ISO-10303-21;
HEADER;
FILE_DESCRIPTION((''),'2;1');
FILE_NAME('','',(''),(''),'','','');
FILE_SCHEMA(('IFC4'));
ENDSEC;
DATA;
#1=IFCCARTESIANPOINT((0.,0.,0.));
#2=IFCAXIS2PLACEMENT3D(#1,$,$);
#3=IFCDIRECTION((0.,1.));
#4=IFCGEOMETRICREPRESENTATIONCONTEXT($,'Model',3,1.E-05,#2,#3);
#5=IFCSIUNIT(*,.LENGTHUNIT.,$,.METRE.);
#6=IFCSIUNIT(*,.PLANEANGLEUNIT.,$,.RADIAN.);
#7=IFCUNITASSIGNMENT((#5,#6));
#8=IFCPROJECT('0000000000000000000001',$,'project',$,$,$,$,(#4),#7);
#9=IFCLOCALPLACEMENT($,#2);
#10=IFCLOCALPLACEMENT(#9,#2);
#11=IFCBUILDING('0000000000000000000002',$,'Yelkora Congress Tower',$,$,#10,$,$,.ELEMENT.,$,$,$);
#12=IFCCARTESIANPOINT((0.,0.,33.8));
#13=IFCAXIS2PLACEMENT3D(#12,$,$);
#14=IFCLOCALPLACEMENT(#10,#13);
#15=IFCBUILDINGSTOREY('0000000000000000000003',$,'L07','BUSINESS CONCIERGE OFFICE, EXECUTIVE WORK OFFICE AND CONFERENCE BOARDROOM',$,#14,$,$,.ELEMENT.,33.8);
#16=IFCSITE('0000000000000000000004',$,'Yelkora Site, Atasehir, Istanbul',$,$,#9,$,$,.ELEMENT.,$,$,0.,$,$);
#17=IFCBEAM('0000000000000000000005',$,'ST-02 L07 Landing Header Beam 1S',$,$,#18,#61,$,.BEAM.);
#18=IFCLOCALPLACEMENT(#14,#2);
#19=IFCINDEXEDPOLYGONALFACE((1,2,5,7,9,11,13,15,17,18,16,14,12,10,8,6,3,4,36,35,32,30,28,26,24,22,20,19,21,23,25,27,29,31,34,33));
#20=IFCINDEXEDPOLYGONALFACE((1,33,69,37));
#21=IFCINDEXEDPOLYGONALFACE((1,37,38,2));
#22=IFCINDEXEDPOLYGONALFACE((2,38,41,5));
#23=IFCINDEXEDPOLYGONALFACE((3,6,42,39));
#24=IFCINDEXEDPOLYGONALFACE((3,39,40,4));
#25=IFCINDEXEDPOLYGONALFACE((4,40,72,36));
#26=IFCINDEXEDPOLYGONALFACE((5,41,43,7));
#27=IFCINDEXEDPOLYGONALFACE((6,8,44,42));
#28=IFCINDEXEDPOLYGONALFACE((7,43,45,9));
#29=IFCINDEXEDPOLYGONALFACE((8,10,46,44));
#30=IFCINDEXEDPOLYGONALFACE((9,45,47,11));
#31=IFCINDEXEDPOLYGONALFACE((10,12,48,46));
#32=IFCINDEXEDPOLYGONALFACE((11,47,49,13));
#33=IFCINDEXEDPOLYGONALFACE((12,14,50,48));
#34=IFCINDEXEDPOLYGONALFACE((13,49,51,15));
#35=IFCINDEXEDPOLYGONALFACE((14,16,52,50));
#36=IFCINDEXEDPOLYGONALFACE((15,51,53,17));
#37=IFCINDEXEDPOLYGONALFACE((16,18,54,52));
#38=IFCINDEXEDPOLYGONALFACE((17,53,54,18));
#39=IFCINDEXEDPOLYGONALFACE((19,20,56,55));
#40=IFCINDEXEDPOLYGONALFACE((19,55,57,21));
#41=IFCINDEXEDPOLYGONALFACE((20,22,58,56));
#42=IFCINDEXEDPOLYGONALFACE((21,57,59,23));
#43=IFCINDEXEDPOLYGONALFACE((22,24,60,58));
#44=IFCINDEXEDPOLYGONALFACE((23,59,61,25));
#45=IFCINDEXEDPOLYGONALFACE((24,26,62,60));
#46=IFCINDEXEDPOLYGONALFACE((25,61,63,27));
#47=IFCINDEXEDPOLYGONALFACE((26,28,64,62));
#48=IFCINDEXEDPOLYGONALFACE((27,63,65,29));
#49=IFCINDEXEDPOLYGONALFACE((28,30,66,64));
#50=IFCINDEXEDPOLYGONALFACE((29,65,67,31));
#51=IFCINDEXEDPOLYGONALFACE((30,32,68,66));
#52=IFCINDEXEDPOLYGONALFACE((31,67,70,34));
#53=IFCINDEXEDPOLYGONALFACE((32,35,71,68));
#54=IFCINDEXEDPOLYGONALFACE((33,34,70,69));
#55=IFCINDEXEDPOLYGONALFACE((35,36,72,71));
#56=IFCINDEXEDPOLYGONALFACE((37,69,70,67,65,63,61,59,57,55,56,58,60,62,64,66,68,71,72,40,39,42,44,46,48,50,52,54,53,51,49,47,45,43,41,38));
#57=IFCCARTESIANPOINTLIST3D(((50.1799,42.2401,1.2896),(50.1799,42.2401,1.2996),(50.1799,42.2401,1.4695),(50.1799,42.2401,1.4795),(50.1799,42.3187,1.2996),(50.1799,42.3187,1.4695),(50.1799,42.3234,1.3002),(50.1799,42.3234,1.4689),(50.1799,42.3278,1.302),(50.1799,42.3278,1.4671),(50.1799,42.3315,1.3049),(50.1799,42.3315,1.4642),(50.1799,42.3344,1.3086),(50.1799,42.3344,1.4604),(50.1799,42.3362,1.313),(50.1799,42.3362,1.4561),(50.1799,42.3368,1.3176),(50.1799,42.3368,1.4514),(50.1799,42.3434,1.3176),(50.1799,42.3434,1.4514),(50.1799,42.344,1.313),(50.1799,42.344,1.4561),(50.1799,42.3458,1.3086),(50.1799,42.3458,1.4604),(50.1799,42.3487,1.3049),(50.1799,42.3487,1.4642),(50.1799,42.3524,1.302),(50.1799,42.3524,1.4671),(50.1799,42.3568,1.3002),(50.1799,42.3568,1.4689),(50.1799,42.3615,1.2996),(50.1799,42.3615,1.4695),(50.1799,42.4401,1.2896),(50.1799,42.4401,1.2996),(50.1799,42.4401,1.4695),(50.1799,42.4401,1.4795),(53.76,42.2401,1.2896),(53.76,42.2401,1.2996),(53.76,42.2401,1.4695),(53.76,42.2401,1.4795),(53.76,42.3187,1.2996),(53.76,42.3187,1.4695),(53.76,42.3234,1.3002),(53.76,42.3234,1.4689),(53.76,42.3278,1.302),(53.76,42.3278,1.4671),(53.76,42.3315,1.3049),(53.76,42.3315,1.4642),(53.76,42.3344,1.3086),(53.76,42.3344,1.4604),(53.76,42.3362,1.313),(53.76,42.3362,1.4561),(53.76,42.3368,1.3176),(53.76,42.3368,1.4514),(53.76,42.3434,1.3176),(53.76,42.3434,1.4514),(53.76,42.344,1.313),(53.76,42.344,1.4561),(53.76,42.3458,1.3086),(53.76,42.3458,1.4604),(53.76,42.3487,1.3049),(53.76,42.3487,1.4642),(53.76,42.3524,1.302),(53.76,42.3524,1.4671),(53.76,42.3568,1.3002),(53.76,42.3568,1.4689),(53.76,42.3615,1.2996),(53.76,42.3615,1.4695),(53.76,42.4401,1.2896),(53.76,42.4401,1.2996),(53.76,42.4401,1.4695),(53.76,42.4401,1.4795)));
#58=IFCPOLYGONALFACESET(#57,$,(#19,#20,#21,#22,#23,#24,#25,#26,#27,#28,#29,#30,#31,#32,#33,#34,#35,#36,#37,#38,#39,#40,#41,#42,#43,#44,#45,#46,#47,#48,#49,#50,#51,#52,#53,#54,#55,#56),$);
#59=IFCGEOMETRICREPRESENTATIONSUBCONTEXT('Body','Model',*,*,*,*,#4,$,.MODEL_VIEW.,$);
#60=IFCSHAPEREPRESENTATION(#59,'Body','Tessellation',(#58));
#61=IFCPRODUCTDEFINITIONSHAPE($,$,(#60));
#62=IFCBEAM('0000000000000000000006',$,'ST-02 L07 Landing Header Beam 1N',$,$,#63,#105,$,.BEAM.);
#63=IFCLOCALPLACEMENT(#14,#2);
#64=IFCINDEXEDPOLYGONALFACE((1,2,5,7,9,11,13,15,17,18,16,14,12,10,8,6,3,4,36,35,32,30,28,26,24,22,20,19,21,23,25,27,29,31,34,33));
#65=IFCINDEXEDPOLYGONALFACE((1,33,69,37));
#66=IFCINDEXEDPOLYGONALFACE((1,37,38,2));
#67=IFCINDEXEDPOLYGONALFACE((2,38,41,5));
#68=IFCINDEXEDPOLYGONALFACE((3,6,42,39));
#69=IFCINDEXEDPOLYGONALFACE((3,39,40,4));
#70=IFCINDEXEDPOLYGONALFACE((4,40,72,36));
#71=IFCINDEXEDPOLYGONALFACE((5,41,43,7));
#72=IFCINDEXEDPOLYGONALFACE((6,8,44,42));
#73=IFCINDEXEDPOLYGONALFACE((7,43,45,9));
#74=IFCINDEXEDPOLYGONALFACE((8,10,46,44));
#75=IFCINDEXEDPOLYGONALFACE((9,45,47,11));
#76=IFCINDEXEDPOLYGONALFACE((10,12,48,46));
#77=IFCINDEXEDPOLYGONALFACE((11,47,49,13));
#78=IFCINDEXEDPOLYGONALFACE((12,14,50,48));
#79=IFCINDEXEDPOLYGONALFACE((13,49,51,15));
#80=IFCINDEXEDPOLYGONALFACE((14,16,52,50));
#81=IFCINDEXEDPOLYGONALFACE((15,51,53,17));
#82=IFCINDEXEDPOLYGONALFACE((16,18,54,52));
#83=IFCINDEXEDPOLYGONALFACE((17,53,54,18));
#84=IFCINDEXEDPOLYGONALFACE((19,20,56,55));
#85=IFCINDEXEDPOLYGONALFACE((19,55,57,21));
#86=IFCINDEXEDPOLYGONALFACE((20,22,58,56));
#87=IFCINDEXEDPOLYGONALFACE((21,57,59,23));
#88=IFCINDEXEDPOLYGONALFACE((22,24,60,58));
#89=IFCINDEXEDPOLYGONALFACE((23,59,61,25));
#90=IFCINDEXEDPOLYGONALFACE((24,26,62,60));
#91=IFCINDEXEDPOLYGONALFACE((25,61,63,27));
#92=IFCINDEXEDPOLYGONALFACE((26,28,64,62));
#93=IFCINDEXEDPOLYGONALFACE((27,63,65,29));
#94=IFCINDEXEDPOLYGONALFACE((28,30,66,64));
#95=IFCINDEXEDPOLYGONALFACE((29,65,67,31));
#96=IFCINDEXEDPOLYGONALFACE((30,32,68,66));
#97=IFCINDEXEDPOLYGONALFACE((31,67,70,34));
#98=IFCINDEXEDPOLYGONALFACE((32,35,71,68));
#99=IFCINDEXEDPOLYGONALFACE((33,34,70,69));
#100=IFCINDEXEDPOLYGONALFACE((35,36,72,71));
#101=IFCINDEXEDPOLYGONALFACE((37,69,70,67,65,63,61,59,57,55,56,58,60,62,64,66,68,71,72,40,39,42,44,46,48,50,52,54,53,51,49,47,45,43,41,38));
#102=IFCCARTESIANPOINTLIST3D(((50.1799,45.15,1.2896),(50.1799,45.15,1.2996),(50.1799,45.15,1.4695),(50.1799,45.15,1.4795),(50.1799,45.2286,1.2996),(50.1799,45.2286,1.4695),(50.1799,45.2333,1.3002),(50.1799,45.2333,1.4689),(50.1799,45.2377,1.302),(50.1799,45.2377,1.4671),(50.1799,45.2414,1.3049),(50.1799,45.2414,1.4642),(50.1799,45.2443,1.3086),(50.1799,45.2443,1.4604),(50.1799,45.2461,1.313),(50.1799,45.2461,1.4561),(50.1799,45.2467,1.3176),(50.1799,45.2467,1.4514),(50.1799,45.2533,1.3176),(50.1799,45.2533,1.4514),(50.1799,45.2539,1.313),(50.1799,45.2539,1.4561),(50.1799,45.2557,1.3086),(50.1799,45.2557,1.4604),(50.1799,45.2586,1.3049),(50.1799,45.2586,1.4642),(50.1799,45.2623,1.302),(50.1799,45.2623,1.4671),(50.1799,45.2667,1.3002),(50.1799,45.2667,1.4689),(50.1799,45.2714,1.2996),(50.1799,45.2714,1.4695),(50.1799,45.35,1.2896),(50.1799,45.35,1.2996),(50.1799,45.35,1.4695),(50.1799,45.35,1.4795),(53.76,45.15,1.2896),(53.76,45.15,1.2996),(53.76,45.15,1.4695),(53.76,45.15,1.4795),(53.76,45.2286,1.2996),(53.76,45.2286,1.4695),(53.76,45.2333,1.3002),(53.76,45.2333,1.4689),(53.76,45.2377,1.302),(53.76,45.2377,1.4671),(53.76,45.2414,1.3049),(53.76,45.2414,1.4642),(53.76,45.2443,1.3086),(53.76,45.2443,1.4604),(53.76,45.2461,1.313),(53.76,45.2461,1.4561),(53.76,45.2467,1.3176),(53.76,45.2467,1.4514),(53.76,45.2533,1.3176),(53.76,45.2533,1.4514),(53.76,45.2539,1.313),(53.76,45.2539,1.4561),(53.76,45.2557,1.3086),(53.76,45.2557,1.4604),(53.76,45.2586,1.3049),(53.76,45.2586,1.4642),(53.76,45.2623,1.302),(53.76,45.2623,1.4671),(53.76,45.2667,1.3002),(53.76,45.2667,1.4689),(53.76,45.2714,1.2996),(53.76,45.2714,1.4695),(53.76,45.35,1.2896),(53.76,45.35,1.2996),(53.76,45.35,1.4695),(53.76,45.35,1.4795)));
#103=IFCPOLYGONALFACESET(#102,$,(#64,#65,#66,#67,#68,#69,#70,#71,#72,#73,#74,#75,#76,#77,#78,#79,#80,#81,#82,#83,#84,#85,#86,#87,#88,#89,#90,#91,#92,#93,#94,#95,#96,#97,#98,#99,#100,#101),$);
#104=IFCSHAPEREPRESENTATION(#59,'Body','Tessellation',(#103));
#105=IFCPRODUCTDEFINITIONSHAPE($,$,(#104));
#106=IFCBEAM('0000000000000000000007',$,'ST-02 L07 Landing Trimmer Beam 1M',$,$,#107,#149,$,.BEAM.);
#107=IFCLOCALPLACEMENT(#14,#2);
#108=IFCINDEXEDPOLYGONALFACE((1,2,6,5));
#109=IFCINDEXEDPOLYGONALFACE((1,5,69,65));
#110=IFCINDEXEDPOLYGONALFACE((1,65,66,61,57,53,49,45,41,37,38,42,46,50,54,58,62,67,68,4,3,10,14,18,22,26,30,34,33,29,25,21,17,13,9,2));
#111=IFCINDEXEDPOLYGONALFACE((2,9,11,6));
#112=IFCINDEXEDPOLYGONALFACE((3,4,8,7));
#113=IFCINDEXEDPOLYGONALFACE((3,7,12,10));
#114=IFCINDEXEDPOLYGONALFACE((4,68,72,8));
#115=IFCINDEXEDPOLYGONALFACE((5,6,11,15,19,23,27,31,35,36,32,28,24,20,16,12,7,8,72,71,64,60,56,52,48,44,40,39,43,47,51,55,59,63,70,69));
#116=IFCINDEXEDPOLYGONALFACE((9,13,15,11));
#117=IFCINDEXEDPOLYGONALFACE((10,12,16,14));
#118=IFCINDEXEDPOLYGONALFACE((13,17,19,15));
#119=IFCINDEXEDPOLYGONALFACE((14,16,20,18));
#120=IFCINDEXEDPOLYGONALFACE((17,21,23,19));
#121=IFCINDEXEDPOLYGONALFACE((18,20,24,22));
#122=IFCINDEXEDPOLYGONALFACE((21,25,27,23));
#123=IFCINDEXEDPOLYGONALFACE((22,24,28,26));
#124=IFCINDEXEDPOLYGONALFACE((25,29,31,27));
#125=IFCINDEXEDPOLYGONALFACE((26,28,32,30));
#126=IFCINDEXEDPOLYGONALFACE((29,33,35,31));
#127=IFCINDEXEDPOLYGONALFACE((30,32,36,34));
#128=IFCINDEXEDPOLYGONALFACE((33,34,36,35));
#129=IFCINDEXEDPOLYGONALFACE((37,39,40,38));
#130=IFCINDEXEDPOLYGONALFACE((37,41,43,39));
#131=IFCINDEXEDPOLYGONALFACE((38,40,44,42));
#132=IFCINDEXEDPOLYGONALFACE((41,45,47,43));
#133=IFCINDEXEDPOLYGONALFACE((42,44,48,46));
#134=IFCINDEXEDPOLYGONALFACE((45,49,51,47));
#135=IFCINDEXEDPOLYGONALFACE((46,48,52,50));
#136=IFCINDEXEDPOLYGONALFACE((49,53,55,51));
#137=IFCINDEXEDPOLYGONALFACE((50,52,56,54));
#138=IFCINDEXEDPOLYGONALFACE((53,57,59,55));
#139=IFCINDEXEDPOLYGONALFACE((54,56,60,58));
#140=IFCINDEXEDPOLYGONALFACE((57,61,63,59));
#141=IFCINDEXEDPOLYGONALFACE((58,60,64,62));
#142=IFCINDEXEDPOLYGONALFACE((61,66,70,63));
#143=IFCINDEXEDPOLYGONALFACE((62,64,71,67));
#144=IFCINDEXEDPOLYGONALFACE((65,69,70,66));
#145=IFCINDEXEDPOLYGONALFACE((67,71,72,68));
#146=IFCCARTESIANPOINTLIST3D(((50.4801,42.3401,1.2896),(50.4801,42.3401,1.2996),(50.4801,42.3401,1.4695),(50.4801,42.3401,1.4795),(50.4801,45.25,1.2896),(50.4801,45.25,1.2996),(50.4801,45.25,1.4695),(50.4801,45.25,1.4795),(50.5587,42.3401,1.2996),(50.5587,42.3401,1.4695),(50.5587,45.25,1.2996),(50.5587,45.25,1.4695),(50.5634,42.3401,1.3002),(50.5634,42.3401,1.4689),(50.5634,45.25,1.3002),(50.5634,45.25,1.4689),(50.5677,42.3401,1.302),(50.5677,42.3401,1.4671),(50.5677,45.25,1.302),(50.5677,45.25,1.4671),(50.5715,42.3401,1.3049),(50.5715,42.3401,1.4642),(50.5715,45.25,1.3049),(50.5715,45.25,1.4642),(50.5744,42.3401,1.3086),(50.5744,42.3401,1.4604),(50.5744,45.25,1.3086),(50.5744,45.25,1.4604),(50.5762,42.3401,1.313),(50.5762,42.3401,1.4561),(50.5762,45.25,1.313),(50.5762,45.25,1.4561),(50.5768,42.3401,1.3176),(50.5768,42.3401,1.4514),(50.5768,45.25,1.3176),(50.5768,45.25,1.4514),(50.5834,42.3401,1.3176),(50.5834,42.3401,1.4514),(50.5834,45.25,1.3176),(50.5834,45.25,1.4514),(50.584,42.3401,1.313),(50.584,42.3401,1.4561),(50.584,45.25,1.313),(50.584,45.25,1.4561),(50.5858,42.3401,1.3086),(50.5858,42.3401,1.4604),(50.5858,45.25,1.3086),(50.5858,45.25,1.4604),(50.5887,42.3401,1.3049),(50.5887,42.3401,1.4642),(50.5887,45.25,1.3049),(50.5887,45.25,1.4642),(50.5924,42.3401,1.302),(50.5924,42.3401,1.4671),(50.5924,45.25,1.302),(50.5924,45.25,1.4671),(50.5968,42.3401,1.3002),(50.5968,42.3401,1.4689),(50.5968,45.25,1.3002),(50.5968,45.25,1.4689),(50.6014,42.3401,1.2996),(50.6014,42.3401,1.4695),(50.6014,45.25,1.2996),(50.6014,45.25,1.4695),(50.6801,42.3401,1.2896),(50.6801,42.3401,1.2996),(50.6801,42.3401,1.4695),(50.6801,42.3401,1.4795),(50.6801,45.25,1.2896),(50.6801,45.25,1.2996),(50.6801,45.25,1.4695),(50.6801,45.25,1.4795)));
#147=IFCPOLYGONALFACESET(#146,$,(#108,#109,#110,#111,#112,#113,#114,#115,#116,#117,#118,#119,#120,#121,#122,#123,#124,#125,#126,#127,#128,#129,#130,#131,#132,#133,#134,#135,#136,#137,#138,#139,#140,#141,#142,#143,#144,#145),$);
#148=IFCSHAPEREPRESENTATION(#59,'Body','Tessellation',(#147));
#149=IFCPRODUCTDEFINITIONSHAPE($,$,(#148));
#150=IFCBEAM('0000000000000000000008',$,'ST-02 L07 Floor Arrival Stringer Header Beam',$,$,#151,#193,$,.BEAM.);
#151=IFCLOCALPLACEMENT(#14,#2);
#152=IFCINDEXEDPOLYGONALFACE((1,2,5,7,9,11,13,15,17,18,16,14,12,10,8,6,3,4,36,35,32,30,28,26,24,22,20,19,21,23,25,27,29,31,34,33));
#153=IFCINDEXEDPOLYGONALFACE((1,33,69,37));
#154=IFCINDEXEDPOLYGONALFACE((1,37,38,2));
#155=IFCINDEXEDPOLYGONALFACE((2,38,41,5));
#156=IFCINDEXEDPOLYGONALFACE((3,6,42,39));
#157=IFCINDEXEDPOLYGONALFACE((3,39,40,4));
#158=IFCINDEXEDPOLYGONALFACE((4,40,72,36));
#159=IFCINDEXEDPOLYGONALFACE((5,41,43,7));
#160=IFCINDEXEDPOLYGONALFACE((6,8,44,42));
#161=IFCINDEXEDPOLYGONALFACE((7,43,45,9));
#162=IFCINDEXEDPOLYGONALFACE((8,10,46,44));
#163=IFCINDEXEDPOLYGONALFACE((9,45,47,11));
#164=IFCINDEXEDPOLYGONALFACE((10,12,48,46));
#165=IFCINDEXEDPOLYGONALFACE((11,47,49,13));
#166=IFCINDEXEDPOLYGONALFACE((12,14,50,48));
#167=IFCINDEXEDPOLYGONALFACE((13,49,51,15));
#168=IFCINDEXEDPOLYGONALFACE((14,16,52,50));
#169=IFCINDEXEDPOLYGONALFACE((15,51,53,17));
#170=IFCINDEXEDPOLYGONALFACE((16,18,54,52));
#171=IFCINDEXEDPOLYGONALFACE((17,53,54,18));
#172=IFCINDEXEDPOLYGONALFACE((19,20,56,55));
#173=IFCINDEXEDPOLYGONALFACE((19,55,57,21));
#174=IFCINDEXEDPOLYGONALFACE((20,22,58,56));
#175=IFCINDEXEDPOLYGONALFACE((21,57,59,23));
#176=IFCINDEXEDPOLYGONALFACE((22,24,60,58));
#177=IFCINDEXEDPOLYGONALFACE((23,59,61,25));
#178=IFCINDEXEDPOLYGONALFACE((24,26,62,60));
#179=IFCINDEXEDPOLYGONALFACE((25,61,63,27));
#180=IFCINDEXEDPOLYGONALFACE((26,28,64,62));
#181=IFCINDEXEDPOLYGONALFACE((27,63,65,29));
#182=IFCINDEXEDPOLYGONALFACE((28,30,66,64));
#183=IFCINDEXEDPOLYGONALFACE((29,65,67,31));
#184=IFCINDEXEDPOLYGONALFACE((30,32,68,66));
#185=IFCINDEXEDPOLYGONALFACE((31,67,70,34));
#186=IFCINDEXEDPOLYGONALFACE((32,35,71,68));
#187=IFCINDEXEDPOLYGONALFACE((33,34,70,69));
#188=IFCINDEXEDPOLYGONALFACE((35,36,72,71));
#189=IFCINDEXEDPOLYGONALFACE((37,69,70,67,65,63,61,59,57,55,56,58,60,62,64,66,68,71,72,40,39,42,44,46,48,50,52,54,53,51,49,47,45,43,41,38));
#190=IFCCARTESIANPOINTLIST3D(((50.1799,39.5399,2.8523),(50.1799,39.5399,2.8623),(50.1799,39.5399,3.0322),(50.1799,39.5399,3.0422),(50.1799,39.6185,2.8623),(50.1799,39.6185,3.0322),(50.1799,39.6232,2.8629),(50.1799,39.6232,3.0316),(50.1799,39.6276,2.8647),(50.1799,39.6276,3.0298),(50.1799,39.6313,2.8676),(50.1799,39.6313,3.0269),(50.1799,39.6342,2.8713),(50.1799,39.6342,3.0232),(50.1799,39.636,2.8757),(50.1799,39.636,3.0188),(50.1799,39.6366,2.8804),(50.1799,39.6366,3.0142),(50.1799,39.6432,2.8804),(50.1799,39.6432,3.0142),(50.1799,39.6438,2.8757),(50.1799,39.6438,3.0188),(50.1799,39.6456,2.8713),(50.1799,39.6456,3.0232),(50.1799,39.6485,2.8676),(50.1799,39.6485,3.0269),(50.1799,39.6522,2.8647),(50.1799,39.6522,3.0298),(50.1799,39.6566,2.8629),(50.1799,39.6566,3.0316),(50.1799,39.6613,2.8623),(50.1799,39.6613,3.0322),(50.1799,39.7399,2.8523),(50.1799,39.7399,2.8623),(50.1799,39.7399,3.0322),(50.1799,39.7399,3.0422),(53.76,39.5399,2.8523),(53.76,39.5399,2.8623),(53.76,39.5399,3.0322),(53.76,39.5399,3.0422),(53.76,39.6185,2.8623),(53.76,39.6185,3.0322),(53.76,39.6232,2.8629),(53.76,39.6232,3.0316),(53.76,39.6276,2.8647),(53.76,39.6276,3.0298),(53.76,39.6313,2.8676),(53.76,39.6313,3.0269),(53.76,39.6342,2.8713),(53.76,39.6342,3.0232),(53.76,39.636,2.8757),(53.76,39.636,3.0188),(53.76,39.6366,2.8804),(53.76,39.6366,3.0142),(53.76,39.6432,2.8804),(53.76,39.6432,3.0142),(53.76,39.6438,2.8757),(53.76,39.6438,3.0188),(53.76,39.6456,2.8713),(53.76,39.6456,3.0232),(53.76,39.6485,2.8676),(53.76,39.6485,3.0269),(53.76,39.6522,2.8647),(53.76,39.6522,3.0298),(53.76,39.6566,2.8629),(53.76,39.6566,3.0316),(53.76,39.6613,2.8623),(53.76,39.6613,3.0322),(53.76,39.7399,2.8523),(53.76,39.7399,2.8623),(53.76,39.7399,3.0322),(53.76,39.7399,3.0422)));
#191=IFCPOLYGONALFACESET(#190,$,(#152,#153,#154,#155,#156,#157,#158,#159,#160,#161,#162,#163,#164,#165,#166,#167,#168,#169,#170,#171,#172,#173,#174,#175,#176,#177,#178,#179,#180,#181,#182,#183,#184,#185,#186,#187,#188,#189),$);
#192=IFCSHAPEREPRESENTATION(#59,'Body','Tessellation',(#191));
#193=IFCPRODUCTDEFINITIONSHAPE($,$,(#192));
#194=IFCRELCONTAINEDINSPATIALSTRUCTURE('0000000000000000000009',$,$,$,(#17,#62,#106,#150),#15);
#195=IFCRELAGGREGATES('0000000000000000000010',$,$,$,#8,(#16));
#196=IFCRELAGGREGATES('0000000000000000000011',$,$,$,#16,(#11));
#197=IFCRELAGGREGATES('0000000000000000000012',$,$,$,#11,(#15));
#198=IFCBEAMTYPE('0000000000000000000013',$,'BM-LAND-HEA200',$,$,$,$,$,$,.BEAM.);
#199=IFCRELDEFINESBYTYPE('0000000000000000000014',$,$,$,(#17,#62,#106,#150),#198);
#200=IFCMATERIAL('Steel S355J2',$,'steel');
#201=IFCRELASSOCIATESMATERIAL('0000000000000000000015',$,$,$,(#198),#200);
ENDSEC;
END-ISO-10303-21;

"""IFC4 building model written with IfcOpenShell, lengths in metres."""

from ifc_helpers import new_model, si_unit, direction, frame, origin, origin_2d, place, context, subcontext, project, spatial, i_section, extrude, material, material_profile, profile_set, type_object, element, save


model = new_model("IFC4")

# Units and contexts
model_context = context("Model", 3, precision=1e-05, world=origin(), true_north=direction((0.0, 1.0)))
body_context = subcontext(model_context, "Body", "Model", "MODEL_VIEW")
ifc_project = project(units=[si_unit("LENGTHUNIT", "METRE"), si_unit("PLANEANGLEUNIT", "RADIAN")], contexts=[model_context])

# Site, building, storey
site_placement = place(None, origin())
site = spatial("IfcSite", under=ifc_project, at=site_placement, Name="Yelkora Site, Atasehir, Istanbul", CompositionType="ELEMENT", RefElevation=0.0)
building_placement = place(site_placement, origin())
building = spatial("IfcBuilding", under=site, at=building_placement, Name="Yelkora Congress Tower", CompositionType="ELEMENT")
storey_placement = place(building_placement, frame((0.0, 0.0, 33.8)))
storey = spatial("IfcBuildingStorey", under=building, at=storey_placement, Name="L07", Description="BUSINESS CONCIERGE OFFICE, EXECUTIVE WORK OFFICE AND CONFERENCE BOARDROOM", CompositionType="ELEMENT", Elevation=33.8)

# Beams
ifc_material_1 = material(Name="Steel S355J2", Category="steel")
ifc_material_profile = material_profile(ifc_material_1, i_section(OverallWidth=0.2, OverallDepth=0.1899, WebThickness=0.0066, FlangeThickness=0.01, FilletRadius=0.0181, at=origin_2d()), Name="HEA 200")
ifc_profile_set = profile_set([ifc_material_profile], Name="Steel S355J2")
beam_type = type_object("IfcBeamType", Name="BM-LAND-HEA200", PredefinedType="BEAM", material=ifc_profile_set)
for number, where, z_axis, x_axis, name in (
    (1, (50.1799, 42.3401, 1.3845), (1.0, 0.0, 0.0), (0.0, 1.0, 0.0), "ST-02 L07 Landing Header Beam 1S"),
    (2, (50.1799, 45.25, 1.3845), (1.0, 0.0, 0.0), (0.0, 1.0, 0.0), "ST-02 L07 Landing Header Beam 1N"),
):
    element("IfcBeam", number, at=place(storey_placement, frame(where, z_axis=z_axis, x_axis=x_axis)), inside=storey, type_object=beam_type, Name=name, PredefinedType="BEAM", context=body_context, shape_type="SweptSolid", body=[
        extrude(i_section(OverallWidth=0.2, OverallDepth=0.1899, WebThickness=0.0066, FlangeThickness=0.01, FilletRadius=0.0181, at=origin_2d()), origin(), (0.0, 0.0, 1.0), 3.5801),
    ])
beam_1_placement = place(storey_placement, frame((50.5801, 42.3401, 1.3845), z_axis=(0.0, 1.0, 0.0), x_axis=(-1.0, 0.0, 0.0)))
element("IfcBeam", 3, at=beam_1_placement, inside=storey, type_object=beam_type, Name="ST-02 L07 Landing Trimmer Beam 1M", PredefinedType="BEAM", context=body_context, shape_type="SweptSolid", body=[
    extrude(i_section(OverallWidth=0.2, OverallDepth=0.1899, WebThickness=0.0066, FlangeThickness=0.01, FilletRadius=0.0181, at=origin_2d()), origin(), (0.0, 0.0, 1.0), 2.9099),
])
beam_2_placement = place(storey_placement, frame((50.1799, 39.6399, 2.9473), z_axis=(1.0, 0.0, 0.0), x_axis=(0.0, 1.0, 0.0)))
element("IfcBeam", 4, at=beam_2_placement, inside=storey, type_object=beam_type, Name="ST-02 L07 Floor Arrival Stringer Header Beam", PredefinedType="BEAM", context=body_context, shape_type="SweptSolid", body=[
    extrude(i_section(OverallWidth=0.2, OverallDepth=0.1899, WebThickness=0.0066, FlangeThickness=0.01, FilletRadius=0.0181, at=origin_2d()), origin(), (0.0, 0.0, 1.0), 3.5801),
])

save(model, "model.ifc")
